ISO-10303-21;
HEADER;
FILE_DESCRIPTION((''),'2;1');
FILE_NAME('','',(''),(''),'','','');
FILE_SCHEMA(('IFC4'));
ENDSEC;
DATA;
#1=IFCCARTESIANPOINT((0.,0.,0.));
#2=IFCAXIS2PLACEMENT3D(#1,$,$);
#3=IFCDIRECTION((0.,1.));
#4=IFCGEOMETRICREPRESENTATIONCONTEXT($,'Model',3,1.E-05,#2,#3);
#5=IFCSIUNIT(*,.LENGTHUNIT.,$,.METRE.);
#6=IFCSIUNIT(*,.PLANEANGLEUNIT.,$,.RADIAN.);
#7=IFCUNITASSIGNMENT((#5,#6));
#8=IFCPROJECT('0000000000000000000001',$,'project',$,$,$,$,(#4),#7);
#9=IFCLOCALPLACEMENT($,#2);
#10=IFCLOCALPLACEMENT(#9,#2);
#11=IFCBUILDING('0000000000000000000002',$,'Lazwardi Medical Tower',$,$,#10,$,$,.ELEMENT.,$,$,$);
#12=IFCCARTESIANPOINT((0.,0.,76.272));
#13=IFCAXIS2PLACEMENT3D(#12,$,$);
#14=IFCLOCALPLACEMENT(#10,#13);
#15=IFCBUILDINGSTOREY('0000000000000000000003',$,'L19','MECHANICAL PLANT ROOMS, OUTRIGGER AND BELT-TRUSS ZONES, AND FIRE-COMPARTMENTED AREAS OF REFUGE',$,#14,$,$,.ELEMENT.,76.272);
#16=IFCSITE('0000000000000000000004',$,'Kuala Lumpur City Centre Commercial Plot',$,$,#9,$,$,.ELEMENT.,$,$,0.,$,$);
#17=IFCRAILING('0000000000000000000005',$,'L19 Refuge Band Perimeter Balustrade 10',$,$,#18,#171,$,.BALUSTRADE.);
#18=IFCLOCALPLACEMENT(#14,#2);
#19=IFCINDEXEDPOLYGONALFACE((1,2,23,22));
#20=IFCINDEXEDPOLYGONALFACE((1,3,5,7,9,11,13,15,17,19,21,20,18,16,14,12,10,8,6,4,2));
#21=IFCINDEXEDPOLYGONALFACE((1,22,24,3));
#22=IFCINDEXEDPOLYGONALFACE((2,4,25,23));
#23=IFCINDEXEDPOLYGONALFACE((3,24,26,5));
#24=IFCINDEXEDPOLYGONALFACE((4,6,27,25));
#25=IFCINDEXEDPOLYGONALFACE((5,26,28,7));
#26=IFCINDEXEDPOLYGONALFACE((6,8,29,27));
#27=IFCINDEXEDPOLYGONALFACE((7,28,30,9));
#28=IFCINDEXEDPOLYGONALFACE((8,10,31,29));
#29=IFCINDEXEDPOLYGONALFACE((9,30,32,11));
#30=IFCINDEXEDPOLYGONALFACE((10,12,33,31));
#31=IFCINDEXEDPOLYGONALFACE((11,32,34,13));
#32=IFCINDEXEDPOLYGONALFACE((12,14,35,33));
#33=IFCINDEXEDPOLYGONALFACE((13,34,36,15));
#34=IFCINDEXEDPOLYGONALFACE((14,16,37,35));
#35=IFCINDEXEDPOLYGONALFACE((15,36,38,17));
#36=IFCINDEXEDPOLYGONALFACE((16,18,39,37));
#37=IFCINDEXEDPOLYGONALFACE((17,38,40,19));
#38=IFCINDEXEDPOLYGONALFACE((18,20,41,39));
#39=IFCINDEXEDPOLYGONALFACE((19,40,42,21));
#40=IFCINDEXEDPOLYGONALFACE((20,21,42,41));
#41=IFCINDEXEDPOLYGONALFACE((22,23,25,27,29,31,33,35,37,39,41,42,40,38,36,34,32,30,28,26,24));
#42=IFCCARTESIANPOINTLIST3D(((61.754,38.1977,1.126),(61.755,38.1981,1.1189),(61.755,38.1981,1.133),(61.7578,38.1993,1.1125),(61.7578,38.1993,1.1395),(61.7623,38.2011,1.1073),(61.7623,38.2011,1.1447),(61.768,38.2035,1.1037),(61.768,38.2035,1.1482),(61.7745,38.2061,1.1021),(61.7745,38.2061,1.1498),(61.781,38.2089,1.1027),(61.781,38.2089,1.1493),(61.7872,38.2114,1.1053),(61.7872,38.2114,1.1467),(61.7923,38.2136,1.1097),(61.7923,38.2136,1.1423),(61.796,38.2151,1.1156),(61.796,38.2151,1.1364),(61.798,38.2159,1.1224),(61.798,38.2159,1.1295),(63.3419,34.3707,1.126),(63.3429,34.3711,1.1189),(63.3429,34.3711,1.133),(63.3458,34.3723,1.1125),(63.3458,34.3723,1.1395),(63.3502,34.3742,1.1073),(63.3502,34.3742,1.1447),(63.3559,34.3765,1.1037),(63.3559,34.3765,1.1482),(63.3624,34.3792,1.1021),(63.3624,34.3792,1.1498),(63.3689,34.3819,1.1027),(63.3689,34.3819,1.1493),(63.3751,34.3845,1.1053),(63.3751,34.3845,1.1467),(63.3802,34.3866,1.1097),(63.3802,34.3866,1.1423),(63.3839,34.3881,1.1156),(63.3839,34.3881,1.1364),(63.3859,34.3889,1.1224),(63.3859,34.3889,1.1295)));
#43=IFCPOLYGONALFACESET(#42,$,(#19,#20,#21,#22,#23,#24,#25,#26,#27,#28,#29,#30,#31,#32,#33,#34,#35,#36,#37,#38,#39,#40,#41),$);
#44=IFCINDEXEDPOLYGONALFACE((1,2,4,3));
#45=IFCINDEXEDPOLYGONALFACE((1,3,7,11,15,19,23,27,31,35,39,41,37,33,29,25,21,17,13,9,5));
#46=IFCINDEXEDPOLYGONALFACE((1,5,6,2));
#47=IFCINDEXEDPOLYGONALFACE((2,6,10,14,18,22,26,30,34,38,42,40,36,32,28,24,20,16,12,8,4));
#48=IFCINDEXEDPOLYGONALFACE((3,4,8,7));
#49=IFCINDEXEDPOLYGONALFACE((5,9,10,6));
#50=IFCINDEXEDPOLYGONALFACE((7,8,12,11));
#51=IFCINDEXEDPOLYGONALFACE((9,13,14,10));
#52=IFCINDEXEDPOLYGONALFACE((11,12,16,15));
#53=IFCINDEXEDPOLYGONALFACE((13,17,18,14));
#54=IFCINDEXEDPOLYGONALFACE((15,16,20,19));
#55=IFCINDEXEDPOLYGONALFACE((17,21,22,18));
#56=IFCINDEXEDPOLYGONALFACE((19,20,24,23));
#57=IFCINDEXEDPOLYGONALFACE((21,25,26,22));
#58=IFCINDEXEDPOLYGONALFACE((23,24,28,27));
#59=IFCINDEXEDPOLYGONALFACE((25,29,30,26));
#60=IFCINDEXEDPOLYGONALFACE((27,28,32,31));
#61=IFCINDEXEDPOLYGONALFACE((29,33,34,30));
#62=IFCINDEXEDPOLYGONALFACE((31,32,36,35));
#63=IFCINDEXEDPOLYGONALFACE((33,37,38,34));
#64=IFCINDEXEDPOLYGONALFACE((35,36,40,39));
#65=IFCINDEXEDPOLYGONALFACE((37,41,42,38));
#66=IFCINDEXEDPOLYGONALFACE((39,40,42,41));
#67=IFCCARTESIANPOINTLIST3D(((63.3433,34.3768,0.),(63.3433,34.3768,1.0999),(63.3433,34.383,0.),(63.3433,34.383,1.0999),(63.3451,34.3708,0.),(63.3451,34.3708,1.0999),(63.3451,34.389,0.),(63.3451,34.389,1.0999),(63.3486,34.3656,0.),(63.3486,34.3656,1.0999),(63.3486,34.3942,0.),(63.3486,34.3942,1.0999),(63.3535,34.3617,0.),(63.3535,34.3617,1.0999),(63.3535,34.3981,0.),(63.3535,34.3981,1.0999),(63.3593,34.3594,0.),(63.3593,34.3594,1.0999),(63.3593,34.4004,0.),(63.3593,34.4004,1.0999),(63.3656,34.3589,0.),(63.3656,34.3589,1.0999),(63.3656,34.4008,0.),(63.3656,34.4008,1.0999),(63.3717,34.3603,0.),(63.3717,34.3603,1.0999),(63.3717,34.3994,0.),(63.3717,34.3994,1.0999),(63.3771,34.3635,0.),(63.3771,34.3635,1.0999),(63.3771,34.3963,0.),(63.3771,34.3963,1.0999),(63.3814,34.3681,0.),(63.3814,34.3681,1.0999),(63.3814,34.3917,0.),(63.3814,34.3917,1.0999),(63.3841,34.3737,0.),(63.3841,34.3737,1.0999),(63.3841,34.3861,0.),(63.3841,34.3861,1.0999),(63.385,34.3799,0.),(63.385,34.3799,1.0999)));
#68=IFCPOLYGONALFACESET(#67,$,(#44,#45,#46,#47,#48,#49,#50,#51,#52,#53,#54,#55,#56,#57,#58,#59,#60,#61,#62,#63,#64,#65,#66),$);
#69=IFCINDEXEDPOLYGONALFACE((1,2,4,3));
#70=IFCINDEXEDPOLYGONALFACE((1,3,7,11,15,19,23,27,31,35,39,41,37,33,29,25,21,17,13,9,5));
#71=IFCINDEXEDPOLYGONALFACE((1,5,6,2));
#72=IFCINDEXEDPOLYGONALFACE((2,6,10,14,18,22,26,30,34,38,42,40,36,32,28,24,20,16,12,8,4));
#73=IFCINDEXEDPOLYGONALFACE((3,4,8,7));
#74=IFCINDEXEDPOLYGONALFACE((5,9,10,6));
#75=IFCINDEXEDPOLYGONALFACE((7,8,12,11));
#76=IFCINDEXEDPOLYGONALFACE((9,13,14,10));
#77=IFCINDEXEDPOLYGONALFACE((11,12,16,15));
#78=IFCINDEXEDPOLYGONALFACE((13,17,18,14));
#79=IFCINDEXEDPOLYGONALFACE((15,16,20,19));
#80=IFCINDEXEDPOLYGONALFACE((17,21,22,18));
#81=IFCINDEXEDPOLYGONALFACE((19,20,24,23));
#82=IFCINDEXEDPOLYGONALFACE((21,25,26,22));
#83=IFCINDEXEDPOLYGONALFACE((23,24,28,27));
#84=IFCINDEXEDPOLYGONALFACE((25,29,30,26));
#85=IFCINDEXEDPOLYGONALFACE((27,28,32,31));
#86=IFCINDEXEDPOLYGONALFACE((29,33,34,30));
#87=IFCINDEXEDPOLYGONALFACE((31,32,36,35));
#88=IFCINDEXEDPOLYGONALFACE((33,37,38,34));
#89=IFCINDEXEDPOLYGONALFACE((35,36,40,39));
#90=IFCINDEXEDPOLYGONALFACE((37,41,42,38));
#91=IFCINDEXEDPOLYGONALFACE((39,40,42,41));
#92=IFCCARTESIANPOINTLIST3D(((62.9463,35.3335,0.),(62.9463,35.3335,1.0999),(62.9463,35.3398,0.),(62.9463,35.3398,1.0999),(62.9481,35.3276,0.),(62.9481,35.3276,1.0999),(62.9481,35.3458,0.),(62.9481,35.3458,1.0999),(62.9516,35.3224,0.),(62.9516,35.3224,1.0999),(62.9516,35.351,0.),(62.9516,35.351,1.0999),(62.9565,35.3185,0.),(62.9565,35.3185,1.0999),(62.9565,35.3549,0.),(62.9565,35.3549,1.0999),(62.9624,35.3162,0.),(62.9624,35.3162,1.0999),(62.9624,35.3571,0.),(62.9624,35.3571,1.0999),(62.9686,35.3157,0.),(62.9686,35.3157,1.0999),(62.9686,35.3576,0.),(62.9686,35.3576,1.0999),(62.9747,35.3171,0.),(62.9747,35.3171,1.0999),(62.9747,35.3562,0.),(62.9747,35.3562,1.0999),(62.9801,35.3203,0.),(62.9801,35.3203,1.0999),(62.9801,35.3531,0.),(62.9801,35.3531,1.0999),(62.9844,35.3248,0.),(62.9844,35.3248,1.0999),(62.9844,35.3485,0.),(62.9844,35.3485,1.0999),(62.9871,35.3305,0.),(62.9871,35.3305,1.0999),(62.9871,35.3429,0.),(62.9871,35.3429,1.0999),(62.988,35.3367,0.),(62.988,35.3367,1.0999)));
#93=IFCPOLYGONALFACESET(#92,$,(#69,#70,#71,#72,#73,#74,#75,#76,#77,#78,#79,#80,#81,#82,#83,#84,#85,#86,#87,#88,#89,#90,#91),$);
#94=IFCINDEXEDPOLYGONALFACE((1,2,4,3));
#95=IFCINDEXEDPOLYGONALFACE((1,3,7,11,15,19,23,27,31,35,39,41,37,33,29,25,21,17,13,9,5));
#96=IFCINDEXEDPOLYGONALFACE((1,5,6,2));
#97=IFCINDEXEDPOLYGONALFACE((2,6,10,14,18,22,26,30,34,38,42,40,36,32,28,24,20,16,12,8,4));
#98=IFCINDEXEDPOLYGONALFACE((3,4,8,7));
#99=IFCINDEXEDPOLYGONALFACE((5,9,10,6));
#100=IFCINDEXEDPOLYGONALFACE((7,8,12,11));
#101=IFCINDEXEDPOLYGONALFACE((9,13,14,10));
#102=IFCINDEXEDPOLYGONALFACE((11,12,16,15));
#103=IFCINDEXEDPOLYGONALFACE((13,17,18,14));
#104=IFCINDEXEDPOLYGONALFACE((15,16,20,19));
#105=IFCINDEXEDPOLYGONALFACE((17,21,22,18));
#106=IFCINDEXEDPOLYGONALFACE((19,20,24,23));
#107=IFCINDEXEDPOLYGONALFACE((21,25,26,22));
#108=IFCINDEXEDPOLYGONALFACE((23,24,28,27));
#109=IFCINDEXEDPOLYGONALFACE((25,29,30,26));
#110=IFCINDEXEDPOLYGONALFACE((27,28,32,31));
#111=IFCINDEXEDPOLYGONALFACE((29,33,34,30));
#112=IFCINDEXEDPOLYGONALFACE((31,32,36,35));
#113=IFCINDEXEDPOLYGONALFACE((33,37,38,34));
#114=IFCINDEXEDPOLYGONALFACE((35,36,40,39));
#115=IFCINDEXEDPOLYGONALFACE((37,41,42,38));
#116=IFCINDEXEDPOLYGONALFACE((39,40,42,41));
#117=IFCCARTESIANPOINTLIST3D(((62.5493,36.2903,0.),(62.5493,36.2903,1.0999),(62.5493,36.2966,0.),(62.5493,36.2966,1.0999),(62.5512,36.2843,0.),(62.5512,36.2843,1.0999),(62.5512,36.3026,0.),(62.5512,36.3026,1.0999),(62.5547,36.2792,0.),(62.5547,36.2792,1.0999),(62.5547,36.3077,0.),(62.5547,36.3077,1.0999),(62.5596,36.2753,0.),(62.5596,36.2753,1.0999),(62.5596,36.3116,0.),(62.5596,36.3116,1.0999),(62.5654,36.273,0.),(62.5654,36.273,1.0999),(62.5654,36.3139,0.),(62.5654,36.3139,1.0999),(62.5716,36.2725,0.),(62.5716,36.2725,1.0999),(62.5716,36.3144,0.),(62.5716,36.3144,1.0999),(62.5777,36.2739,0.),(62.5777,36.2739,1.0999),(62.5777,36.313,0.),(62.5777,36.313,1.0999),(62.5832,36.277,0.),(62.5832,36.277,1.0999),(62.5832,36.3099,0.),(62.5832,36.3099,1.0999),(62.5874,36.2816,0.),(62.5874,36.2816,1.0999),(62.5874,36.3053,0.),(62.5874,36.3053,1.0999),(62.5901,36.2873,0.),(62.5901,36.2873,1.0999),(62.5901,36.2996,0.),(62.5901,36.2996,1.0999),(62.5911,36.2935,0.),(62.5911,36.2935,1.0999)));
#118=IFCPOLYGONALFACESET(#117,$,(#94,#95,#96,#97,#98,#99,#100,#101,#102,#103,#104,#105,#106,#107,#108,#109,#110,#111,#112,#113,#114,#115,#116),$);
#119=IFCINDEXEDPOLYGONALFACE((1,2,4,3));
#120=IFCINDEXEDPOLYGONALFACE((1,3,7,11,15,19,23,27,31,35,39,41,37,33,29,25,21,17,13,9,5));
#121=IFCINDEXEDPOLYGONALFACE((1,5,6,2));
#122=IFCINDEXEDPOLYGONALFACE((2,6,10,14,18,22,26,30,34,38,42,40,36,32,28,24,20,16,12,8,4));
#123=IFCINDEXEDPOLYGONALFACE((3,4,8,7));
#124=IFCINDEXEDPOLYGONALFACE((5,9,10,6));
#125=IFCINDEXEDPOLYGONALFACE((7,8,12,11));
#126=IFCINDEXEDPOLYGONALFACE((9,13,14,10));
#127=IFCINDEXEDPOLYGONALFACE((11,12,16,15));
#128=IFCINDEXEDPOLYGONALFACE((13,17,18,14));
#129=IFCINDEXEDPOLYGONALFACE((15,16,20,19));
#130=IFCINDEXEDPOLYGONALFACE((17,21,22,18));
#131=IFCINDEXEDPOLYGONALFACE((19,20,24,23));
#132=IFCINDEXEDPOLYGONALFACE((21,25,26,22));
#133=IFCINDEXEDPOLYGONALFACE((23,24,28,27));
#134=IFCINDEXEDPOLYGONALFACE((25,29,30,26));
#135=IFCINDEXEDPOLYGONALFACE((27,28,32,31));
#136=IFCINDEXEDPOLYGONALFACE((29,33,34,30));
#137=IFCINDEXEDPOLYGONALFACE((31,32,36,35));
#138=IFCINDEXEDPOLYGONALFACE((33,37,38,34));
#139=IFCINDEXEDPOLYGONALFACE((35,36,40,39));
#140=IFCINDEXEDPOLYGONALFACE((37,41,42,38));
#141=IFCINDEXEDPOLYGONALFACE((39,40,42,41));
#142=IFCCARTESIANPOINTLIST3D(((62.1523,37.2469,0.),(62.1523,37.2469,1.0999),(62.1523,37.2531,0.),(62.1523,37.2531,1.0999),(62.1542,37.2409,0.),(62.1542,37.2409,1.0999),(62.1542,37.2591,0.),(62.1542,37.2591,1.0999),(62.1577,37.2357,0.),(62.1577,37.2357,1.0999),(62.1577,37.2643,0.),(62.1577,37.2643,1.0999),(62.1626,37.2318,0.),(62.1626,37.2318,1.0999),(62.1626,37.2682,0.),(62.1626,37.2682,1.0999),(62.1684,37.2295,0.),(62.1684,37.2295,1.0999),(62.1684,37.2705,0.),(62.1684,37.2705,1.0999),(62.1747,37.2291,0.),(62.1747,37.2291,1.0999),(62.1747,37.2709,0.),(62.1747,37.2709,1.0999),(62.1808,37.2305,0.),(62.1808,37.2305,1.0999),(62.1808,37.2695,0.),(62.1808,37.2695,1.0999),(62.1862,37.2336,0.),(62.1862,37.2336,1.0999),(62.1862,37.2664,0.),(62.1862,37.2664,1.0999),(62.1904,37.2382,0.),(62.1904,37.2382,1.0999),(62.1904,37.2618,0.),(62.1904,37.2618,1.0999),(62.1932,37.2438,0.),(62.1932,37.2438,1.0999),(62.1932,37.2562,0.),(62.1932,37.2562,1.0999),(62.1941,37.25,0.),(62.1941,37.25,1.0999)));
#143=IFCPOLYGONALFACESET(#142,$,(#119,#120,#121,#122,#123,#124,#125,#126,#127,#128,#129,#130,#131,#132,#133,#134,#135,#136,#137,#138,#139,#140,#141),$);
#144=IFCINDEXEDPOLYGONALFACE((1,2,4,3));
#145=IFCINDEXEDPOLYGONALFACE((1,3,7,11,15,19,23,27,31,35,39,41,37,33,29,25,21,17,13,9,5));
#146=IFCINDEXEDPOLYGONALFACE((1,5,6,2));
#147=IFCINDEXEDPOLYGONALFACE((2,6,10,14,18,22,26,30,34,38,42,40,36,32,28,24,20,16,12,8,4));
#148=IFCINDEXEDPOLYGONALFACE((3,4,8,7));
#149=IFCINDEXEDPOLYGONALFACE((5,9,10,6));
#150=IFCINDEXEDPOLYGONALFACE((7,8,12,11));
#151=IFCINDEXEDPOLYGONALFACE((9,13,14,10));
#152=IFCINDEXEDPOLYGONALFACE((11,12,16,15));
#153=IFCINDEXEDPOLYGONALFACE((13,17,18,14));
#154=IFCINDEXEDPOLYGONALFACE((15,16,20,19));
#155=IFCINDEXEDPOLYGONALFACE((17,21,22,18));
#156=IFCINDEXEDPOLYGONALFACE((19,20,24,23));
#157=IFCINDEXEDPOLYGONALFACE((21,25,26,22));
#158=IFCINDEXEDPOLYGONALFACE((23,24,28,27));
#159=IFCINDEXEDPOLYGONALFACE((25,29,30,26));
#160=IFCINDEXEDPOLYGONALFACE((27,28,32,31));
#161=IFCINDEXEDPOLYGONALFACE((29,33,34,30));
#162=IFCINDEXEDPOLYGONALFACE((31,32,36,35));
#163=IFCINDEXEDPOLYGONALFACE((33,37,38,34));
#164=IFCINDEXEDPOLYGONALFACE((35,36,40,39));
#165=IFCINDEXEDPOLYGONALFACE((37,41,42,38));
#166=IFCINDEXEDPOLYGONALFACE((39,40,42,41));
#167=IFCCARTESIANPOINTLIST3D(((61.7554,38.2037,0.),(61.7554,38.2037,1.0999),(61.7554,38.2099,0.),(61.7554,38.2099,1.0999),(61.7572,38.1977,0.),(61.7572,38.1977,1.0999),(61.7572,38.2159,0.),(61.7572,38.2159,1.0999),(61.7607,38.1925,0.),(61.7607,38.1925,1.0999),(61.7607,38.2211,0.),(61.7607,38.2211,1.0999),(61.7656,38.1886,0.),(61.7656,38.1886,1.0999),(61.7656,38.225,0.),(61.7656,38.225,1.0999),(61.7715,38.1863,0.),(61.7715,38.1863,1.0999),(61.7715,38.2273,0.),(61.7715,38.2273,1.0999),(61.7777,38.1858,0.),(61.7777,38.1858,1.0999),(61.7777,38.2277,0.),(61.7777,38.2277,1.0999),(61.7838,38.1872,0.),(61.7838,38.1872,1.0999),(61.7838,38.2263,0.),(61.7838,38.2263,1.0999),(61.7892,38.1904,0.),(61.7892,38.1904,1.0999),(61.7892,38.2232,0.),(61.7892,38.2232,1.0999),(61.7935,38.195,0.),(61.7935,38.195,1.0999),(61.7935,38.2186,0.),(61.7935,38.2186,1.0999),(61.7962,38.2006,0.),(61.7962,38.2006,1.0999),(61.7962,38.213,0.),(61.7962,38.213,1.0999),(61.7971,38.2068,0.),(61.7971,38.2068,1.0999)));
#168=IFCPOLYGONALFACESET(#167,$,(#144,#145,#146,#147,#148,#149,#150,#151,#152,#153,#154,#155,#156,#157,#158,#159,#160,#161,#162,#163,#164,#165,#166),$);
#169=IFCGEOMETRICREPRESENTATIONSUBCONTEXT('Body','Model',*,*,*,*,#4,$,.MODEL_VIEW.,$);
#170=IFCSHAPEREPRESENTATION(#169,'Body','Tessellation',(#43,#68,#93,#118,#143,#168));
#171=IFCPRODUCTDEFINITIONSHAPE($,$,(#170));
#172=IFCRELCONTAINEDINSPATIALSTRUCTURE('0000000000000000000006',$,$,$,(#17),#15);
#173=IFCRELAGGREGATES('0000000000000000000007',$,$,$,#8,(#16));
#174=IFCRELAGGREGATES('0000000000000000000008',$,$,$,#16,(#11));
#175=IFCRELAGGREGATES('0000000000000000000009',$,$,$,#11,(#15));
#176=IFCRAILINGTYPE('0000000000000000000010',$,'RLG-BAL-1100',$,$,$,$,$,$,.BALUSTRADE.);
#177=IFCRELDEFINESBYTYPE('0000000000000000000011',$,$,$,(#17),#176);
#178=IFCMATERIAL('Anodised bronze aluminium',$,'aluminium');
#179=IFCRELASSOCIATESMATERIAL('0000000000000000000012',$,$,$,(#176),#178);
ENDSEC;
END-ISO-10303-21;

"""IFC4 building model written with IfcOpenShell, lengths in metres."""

from ifc_helpers import new_model, si_unit, direction, frame, origin, origin_2d, place, context, subcontext, project, spatial, circle, extrude, material, type_object, element, save


model = new_model("IFC4")

# Units and contexts
model_context = context("Model", 3, precision=1e-05, world=origin(), true_north=direction((0.0, 1.0)))
body_context = subcontext(model_context, "Body", "Model", "MODEL_VIEW")
ifc_project = project(units=[si_unit("LENGTHUNIT", "METRE"), si_unit("PLANEANGLEUNIT", "RADIAN")], contexts=[model_context])

# Site, building, storey
site_placement = place(None, origin())
site = spatial("IfcSite", under=ifc_project, at=site_placement, Name="Kuala Lumpur City Centre Commercial Plot", CompositionType="ELEMENT", RefElevation=0.0)
building_placement = place(site_placement, origin())
building = spatial("IfcBuilding", under=site, at=building_placement, Name="Lazwardi Medical Tower", CompositionType="ELEMENT")
storey_placement = place(building_placement, frame((0.0, 0.0, 76.272)))
storey = spatial("IfcBuildingStorey", under=building, at=storey_placement, Name="L19", Description="MECHANICAL PLANT ROOMS, OUTRIGGER AND BELT-TRUSS ZONES, AND FIRE-COMPARTMENTED AREAS OF REFUGE", CompositionType="ELEMENT", Elevation=76.272)

# Railing
ifc_material_1 = material(Name="Anodised bronze aluminium", Category="aluminium")
railing_type = type_object("IfcRailingType", Name="RLG-BAL-1100", PredefinedType="BALUSTRADE", material=ifc_material_1)
railing_1_placement = place(storey_placement, frame((63.364, 34.3799, 0.0)))
element("IfcRailing", 1, at=railing_1_placement, inside=storey, type_object=railing_type, Name="L19 Refuge Band Perimeter Balustrade 10", PredefinedType="BALUSTRADE", context=body_context, shape_type="SweptSolid", body=[
    extrude(circle(Radius=0.0239, at=origin_2d()), frame((0.0, 0.0, 1.126), z_axis=(-0.383247, 0.923646, 0.0), x_axis=(-0.923646, -0.383247, 0.0)), (0.0, 0.0, 1.0), 4.1433),
    extrude(circle(Radius=0.021, at=origin_2d()), origin(), (0.0, 0.0, 1.0), 1.0999),
    extrude(circle(Radius=0.021, at=origin_2d()), frame((-0.397, 0.9568, 0.0)), (0.0, 0.0, 1.0), 1.0999),
    extrude(circle(Radius=0.021, at=origin_2d()), frame((-0.7939, 1.9136, 0.0)), (0.0, 0.0, 1.0), 1.0999),
    extrude(circle(Radius=0.021, at=origin_2d()), frame((-1.1909, 2.8701, 0.0)), (0.0, 0.0, 1.0), 1.0999),
    extrude(circle(Radius=0.021, at=origin_2d()), frame((-1.5879, 3.8269, 0.0)), (0.0, 0.0, 1.0), 1.0999),
])

save(model, "model.ifc")
